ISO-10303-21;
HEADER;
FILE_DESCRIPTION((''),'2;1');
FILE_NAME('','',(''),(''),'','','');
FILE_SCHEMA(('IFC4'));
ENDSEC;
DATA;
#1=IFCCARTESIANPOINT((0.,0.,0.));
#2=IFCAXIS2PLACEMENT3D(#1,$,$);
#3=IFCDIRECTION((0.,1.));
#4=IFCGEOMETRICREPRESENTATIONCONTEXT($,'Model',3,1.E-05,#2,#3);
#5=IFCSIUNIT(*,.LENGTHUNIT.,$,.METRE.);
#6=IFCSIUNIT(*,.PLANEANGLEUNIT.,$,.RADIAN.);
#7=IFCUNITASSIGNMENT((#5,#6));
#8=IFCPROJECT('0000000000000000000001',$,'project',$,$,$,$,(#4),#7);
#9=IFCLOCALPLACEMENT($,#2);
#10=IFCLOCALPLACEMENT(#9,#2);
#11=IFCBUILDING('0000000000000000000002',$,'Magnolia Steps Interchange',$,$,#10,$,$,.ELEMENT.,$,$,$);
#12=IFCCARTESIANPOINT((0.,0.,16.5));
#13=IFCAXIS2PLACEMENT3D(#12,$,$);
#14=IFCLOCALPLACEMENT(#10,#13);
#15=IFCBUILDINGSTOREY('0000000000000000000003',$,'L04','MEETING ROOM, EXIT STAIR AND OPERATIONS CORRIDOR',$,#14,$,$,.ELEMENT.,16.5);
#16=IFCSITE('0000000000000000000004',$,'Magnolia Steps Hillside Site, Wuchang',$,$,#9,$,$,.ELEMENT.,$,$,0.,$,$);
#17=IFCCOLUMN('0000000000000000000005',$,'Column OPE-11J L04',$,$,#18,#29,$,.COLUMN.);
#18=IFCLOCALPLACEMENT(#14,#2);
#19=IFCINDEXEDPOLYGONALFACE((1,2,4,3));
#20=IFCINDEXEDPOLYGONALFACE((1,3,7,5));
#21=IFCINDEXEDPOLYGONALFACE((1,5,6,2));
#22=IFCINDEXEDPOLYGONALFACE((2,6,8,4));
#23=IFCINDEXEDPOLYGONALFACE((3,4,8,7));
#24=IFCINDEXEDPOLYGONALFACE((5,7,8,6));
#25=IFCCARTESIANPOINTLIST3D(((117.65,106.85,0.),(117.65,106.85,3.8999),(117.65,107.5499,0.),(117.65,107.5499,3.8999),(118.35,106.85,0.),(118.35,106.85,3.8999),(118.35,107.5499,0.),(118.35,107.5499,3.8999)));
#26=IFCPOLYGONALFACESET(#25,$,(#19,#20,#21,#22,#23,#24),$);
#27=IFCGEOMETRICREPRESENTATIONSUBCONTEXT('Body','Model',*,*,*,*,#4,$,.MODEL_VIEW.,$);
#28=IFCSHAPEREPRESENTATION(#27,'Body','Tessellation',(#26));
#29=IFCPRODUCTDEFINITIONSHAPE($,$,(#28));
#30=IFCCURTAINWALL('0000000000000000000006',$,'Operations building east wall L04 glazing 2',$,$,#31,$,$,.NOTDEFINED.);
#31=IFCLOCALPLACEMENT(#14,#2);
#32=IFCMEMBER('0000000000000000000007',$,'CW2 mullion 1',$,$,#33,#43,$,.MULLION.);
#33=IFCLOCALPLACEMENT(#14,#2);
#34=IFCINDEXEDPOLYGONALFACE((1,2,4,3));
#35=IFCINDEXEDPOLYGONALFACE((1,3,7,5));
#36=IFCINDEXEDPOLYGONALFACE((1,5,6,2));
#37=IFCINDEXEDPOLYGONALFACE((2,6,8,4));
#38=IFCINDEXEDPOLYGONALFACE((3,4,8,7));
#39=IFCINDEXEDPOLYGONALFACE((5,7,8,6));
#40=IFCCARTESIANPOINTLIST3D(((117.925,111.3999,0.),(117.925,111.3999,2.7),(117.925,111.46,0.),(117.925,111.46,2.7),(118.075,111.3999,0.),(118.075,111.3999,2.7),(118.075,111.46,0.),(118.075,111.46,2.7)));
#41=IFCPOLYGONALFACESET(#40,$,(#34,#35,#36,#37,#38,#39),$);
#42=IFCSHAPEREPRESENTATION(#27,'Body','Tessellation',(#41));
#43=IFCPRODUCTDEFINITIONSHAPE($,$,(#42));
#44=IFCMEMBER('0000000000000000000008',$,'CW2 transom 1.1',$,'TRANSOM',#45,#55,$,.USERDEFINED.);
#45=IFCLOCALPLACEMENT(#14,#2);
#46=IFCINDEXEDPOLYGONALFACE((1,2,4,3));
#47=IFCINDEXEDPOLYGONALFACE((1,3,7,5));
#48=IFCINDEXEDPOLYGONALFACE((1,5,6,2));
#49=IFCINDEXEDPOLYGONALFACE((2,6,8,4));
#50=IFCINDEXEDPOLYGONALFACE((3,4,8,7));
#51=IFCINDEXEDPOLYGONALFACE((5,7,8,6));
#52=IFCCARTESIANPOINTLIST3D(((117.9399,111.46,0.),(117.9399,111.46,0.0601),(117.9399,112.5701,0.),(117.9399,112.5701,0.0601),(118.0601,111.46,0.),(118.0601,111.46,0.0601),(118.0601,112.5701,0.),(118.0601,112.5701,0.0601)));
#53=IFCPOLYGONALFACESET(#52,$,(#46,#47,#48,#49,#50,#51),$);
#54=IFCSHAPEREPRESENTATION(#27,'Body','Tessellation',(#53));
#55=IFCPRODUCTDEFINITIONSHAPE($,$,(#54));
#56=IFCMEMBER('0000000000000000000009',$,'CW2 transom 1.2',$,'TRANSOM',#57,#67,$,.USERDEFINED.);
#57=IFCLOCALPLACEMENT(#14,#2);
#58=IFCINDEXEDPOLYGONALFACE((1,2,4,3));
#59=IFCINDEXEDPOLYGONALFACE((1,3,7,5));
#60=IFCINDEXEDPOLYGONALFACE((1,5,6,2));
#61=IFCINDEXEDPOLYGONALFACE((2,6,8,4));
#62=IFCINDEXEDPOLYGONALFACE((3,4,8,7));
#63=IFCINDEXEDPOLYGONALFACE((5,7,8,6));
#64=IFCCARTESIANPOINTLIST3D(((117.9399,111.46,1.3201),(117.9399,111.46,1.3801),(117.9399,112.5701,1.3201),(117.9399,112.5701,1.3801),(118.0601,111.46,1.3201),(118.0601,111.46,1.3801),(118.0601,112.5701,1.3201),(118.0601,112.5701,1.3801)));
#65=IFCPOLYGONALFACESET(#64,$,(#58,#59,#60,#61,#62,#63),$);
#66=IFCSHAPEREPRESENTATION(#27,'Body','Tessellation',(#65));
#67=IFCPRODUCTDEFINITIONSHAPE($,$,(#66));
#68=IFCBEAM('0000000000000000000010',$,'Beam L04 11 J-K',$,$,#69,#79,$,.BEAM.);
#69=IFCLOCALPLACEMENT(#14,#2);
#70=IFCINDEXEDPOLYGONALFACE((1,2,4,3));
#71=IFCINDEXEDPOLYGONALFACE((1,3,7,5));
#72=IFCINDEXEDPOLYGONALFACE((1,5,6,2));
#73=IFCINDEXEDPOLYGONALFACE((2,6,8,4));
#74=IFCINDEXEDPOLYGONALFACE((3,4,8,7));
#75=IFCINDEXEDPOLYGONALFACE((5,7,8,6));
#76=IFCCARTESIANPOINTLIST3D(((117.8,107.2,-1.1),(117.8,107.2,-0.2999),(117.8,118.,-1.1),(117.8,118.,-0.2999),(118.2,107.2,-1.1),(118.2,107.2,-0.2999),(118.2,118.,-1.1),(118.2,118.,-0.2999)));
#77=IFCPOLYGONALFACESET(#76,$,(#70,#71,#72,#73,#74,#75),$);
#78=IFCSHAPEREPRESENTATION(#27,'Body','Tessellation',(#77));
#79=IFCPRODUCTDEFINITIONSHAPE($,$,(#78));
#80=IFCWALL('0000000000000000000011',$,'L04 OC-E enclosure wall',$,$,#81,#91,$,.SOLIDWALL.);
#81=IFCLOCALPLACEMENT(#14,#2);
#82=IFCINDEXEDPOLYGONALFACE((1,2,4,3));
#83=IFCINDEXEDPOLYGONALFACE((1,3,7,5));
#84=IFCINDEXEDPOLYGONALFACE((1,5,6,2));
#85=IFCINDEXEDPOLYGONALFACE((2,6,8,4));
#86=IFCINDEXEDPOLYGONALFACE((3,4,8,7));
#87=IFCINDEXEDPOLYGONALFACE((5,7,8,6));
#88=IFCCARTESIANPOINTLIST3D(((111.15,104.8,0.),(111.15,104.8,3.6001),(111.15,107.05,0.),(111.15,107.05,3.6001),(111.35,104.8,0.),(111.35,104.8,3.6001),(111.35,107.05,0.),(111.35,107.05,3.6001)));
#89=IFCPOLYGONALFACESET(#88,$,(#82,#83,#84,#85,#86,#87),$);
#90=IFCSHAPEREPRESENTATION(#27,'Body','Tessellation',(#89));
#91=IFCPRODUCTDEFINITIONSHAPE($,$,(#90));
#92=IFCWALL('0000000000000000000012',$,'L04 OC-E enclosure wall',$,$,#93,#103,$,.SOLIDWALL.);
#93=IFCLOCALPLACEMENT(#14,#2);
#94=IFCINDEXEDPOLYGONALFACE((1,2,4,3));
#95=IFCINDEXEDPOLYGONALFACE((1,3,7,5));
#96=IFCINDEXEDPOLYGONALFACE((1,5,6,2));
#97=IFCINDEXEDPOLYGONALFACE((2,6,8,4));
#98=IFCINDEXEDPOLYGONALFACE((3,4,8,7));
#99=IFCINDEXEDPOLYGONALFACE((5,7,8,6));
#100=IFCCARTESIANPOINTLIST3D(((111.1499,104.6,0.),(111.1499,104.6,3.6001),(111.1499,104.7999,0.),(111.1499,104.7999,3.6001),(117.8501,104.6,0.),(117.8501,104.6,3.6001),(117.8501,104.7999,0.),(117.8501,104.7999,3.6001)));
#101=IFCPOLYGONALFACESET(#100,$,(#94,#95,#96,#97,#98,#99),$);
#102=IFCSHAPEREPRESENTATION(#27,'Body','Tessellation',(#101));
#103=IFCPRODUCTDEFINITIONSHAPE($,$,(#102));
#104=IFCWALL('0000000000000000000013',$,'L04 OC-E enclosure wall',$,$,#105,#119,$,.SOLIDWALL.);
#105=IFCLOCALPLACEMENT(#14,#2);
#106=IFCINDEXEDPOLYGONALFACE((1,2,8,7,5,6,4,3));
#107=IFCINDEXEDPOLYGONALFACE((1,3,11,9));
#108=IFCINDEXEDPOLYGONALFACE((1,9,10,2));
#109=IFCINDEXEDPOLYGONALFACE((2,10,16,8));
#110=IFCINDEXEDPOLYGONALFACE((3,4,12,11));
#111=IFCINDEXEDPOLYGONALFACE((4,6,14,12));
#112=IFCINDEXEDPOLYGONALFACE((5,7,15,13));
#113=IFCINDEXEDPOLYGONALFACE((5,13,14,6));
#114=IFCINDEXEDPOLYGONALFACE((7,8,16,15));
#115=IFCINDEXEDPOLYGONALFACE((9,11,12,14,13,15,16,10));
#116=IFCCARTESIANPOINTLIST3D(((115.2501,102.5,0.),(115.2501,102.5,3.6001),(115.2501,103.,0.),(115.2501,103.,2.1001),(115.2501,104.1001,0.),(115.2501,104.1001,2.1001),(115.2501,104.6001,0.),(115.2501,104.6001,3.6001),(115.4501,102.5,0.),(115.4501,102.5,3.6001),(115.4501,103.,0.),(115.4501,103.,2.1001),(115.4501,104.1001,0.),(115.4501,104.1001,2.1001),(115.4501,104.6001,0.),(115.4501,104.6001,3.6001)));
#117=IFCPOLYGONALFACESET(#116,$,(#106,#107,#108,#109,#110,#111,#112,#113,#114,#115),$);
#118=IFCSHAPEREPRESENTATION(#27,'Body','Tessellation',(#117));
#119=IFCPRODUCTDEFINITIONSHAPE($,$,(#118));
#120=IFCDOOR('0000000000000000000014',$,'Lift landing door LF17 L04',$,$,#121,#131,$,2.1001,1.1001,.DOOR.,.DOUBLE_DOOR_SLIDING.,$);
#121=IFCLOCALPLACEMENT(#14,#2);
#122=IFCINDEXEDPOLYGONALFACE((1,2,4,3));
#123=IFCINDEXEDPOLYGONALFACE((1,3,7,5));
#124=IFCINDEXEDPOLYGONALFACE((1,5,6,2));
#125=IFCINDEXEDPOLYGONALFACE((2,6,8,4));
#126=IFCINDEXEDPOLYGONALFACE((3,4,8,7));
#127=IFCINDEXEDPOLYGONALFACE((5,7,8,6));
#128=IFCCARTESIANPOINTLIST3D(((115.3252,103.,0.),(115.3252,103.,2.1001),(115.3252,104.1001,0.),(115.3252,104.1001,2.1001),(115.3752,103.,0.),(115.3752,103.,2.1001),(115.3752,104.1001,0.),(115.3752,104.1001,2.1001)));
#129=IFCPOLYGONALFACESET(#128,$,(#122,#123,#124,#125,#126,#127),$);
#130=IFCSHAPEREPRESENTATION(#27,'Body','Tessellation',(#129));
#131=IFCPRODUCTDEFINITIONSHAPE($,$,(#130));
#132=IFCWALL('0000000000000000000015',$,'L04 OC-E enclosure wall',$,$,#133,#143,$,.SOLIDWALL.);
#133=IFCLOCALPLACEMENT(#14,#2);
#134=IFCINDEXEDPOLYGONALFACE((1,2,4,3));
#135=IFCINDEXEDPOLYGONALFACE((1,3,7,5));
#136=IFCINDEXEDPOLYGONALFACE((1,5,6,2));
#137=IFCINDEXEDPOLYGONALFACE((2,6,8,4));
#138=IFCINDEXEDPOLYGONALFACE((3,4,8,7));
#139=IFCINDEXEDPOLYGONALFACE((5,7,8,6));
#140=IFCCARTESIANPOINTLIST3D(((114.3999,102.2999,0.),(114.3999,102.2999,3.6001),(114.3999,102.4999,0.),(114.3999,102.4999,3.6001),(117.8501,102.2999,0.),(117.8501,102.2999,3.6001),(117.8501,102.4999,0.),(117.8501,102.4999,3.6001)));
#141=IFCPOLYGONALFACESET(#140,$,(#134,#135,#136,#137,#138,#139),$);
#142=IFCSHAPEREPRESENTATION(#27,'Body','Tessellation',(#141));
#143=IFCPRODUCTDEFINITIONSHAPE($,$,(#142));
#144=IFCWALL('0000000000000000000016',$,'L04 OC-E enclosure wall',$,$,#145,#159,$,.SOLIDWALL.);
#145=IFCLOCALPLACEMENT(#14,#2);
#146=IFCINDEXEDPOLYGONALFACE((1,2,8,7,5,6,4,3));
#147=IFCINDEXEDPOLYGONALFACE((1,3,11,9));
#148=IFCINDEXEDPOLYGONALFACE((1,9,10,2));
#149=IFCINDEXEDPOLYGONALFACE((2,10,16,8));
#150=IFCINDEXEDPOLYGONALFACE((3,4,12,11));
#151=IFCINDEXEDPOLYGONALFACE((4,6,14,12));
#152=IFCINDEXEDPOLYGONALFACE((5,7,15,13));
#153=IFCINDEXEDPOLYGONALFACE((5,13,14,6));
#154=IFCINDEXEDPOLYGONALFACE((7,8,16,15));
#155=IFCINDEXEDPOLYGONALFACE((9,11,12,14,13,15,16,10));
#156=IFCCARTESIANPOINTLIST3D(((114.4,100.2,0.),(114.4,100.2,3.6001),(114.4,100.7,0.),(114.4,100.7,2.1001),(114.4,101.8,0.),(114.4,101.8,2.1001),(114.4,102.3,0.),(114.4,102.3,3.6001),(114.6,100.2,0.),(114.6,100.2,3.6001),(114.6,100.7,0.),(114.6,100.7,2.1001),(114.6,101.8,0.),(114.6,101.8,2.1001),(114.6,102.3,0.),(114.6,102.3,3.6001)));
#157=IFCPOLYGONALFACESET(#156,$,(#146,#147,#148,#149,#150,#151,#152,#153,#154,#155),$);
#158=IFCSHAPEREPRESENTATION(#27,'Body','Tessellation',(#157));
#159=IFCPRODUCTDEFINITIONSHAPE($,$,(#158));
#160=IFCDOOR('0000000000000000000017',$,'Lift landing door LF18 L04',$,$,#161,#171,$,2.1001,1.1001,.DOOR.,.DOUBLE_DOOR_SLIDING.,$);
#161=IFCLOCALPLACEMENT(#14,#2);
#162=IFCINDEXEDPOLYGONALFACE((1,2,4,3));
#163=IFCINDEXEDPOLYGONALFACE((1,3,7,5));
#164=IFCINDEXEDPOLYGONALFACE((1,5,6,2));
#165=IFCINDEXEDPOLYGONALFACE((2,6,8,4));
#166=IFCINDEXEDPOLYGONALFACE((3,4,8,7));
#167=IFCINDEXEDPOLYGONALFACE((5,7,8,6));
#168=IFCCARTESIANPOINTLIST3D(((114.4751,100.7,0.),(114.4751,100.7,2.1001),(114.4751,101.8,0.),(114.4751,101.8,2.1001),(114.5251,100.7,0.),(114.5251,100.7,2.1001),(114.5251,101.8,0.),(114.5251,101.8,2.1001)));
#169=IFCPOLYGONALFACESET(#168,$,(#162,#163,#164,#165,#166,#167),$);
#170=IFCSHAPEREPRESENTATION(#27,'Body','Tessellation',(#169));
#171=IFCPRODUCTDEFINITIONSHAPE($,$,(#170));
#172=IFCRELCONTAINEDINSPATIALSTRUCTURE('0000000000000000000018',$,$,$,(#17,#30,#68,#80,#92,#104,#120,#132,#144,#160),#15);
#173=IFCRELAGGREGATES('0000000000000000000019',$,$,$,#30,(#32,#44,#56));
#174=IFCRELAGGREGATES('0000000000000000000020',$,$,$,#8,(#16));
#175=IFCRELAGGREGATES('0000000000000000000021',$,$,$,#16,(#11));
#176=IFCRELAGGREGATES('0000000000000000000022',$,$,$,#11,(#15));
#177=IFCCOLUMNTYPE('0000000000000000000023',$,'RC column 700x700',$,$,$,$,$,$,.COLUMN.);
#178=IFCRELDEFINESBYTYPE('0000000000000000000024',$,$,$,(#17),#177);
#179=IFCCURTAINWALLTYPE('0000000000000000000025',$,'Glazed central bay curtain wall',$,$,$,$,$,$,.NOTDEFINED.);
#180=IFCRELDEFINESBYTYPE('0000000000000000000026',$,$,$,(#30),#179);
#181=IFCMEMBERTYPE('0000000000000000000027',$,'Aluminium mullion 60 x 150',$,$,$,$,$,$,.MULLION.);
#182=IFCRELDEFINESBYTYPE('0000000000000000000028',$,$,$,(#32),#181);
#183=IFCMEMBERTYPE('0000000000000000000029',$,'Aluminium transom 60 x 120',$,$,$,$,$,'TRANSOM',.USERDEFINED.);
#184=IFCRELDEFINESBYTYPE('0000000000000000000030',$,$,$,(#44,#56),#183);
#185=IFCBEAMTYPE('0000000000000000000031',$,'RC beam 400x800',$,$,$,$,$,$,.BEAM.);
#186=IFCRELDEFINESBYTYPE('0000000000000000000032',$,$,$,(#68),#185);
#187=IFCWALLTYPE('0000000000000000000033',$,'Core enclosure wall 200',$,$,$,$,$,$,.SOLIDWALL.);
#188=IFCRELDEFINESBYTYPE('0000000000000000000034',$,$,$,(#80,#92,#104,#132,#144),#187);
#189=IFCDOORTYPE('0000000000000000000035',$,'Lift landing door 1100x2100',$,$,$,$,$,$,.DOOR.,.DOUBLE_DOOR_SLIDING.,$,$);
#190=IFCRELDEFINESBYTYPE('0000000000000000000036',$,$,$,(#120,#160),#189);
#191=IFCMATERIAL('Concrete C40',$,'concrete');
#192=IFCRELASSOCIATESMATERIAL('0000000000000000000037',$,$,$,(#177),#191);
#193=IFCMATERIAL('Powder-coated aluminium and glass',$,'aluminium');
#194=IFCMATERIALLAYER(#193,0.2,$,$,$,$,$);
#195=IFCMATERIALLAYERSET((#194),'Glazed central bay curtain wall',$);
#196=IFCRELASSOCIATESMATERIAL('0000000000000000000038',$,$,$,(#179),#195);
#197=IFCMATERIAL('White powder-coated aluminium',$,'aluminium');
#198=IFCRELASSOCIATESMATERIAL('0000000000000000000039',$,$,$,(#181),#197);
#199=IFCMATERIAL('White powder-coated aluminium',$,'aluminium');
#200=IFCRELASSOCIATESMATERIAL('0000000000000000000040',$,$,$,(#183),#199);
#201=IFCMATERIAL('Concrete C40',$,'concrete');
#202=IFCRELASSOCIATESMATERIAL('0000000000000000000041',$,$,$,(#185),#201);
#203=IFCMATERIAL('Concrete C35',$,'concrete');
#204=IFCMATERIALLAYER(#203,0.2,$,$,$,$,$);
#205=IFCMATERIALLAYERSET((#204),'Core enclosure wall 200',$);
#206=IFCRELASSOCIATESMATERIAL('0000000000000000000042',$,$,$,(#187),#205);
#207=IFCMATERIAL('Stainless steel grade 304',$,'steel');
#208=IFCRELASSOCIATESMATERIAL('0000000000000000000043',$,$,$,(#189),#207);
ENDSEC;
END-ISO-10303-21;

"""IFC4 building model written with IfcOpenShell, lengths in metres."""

from ifc_helpers import new_model, si_unit, direction, frame, frame_2d, origin, origin_2d, place, context, subcontext, project, spatial, rectangle, extrude, material, layer, layer_set, material_profile, profile_set, type_object, element, fill, aggregate, save


model = new_model("IFC4")

# Units and contexts
model_context = context("Model", 3, precision=1e-05, world=origin(), true_north=direction((0.0, 1.0)))
body_context = subcontext(model_context, "Body", "Model", "MODEL_VIEW")
ifc_project = project(units=[si_unit("LENGTHUNIT", "METRE"), si_unit("PLANEANGLEUNIT", "RADIAN")], contexts=[model_context])

# Site, building, storey
site_placement = place(None, origin())
site = spatial("IfcSite", under=ifc_project, at=site_placement, Name="Magnolia Steps Hillside Site, Wuchang", CompositionType="ELEMENT", RefElevation=0.0)
building_placement = place(site_placement, origin())
building = spatial("IfcBuilding", under=site, at=building_placement, Name="Magnolia Steps Interchange", CompositionType="ELEMENT")
storey_placement = place(building_placement, frame((0.0, 0.0, 16.5)))
storey = spatial("IfcBuildingStorey", under=building, at=storey_placement, Name="L04", Description="MEETING ROOM, EXIT STAIR AND OPERATIONS CORRIDOR", CompositionType="ELEMENT", Elevation=16.5)

# Column
ifc_material_1 = material(Name="Concrete C40", Category="concrete")
ifc_material_profile_1 = material_profile(ifc_material_1, rectangle(XDim=0.7, YDim=0.7, at=origin_2d()), Name="RC700x700")
ifc_profile_set_1 = profile_set([ifc_material_profile_1], Name="Concrete C40")
column_type = type_object("IfcColumnType", Name="RC column 700x700", PredefinedType="COLUMN", material=ifc_profile_set_1)
column_placement = place(storey_placement, frame((118.0, 107.2, 0.0), z_axis=(0.0, 0.0, 1.0), x_axis=(1.0, 0.0, 0.0)))
element("IfcColumn", 1, at=column_placement, inside=storey, type_object=column_type, Name="Column OPE-11J L04", PredefinedType="COLUMN", context=body_context, shape_type="SweptSolid", body=[
    extrude(rectangle(XDim=0.7, YDim=0.7, at=origin_2d()), origin(), (0.0, 0.0, 1.0), 3.8999),
])

# Curtain wall, members
ifc_material_2 = material(Name="Powder-coated aluminium and glass", Category="aluminium")
ifc_layer_1 = layer(ifc_material_2, 0.2)
ifc_layer_set_1 = layer_set([ifc_layer_1], Name="Glazed central bay curtain wall")
curtain_wall_type = type_object("IfcCurtainWallType", Name="Glazed central bay curtain wall", PredefinedType="NOTDEFINED", material=ifc_layer_set_1)
curtain_wall_placement = place(storey_placement, origin())
curtain_wall = element("IfcCurtainWall", 2, at=curtain_wall_placement, inside=storey, type_object=curtain_wall_type, Name="Operations building east wall L04 glazing 2", PredefinedType="NOTDEFINED")
ifc_material_3 = material(Name="White powder-coated aluminium", Category="aluminium")
ifc_material_profile_2 = material_profile(ifc_material_3, rectangle(XDim=0.0601, YDim=0.1499, at=origin_2d()), Name="Aluminium mullion 60 x 150")
ifc_profile_set_2 = profile_set([ifc_material_profile_2], Name="White powder-coated aluminium")
member_type_1 = type_object("IfcMemberType", Name="Aluminium mullion 60 x 150", PredefinedType="MULLION", material=ifc_profile_set_2)
member_1_placement = place(storey_placement, frame((118.0, 111.4299, 0.0), z_axis=(0.0, 0.0, 1.0), x_axis=(0.0, 1.0, 0.0)))
member_1 = element("IfcMember", 3, at=member_1_placement, type_object=member_type_1, Name="CW2 mullion 1", PredefinedType="MULLION", context=body_context, shape_type="SweptSolid", body=[
    extrude(rectangle(XDim=0.0601, YDim=0.1499, at=origin_2d()), origin(), (0.0, 0.0, 1.0), 2.7),
])
ifc_material_4 = material(Name="White powder-coated aluminium", Category="aluminium")
ifc_material_profile_3 = material_profile(ifc_material_4, rectangle(XDim=0.0601, YDim=0.1201, at=origin_2d()), Name="Aluminium transom 60 x 120")
ifc_profile_set_3 = profile_set([ifc_material_profile_3], Name="White powder-coated aluminium")
member_type_2 = type_object("IfcMemberType", Name="Aluminium transom 60 x 120", ElementType="TRANSOM", PredefinedType="USERDEFINED", material=ifc_profile_set_3)
member_2_placement = place(storey_placement, frame((118.0, 111.46, 0.03), z_axis=(0.0, 1.0, 0.0), x_axis=(0.0, 0.0, 1.0)))
member_2 = element("IfcMember", 4, at=member_2_placement, type_object=member_type_2, Name="CW2 transom 1.1", ObjectType="TRANSOM", PredefinedType="USERDEFINED", context=body_context, shape_type="SweptSolid", body=[
    extrude(rectangle(XDim=0.0601, YDim=0.1201, at=origin_2d()), origin(), (0.0, 0.0, 1.0), 1.1101),
])
member_3_placement = place(storey_placement, frame((118.0, 111.46, 1.3501), z_axis=(0.0, 1.0, 0.0), x_axis=(0.0, 0.0, 1.0)))
member_3 = element("IfcMember", 5, at=member_3_placement, type_object=member_type_2, Name="CW2 transom 1.2", ObjectType="TRANSOM", PredefinedType="USERDEFINED", context=body_context, shape_type="SweptSolid", body=[
    extrude(rectangle(XDim=0.0601, YDim=0.1201, at=origin_2d()), origin(), (0.0, 0.0, 1.0), 1.1101),
])
aggregate(curtain_wall, [member_1, member_2, member_3])

# Beam
ifc_material_5 = material(Name="Concrete C40", Category="concrete")
ifc_material_profile_4 = material_profile(ifc_material_5, rectangle(XDim=0.3999, YDim=0.8, at=origin_2d()), Name="RC400x800")
ifc_profile_set_4 = profile_set([ifc_material_profile_4], Name="Concrete C40")
beam_type = type_object("IfcBeamType", Name="RC beam 400x800", PredefinedType="BEAM", material=ifc_profile_set_4)
beam_placement = place(storey_placement, frame((118.0, 107.2, -0.7), z_axis=(0.0, 1.0, 0.0), x_axis=(-1.0, 0.0, 0.0)))
element("IfcBeam", 6, at=beam_placement, inside=storey, type_object=beam_type, Name="Beam L04 11 J-K", PredefinedType="BEAM", context=body_context, shape_type="SweptSolid", body=[
    extrude(rectangle(XDim=0.3999, YDim=0.8, at=origin_2d()), origin(), (0.0, 0.0, 1.0), 10.8),
])

# Walls
ifc_material_6 = material(Name="Concrete C35", Category="concrete")
ifc_layer_2 = layer(ifc_material_6, 0.2)
ifc_layer_set_2 = layer_set([ifc_layer_2], Name="Core enclosure wall 200")
wall_type_1 = type_object("IfcWallType", Name="Core enclosure wall 200", PredefinedType="SOLIDWALL", material=ifc_layer_set_2)
wall_1_placement = place(storey_placement, frame((111.25, 107.05, 0.0), z_axis=(0.0, 0.0, 1.0), x_axis=(0.0, -1.0, 0.0)))
element("IfcWall", 7, at=wall_1_placement, inside=storey, type_object=wall_type_1, Name="L04 OC-E enclosure wall", PredefinedType="SOLIDWALL", context=body_context, shape_type="SweptSolid", body=[
    extrude(rectangle(XDim=2.25, YDim=0.2, at=frame_2d((1.125, 0.0))), origin(), (0.0, 0.0, 1.0), 3.6001),
])
wall_2_placement = place(storey_placement, frame((111.1499, 104.7, 0.0), z_axis=(0.0, 0.0, 1.0), x_axis=(1.0, 0.0, 0.0)))
element("IfcWall", 8, at=wall_2_placement, inside=storey, type_object=wall_type_1, Name="L04 OC-E enclosure wall", PredefinedType="SOLIDWALL", context=body_context, shape_type="SweptSolid", body=[
    extrude(rectangle(XDim=6.7002, YDim=0.2, at=frame_2d((3.3501, 0.0))), origin(), (0.0, 0.0, 1.0), 3.6001),
])

# Wall, opening, door
wall_3_placement = place(storey_placement, frame((115.3501, 104.6001, 0.0), z_axis=(0.0, 0.0, 1.0), x_axis=(0.0, -1.0, 0.0)))
wall_3 = element("IfcWall", 9, at=wall_3_placement, inside=storey, type_object=wall_type_1, Name="L04 OC-E enclosure wall", PredefinedType="SOLIDWALL", context=body_context, shape_type="SweptSolid", body=[
    extrude(rectangle(XDim=2.1001, YDim=0.2, at=frame_2d((1.05, 0.0))), origin(), (0.0, 0.0, 1.0), 3.6001),
])
opening_1_placement = place(wall_3_placement, frame((0.5, 0.0, 0.0)))
opening_1 = element("IfcOpeningElement", 10, at=opening_1_placement, cuts=wall_3, PredefinedType="OPENING", context=body_context, shape_type="SweptSolid", body=[
    extrude(rectangle(XDim=1.1001, YDim=2.1001, at=frame_2d((0.55, 1.05))), frame((0.0, 0.1099, 0.0), z_axis=(0.0, -1.0, 0.0), x_axis=(1.0, 0.0, 0.0)), (0.0, 0.0, 1.0), 0.22),
])
ifc_material_7 = material(Name="Stainless steel grade 304", Category="steel")
door_type_1 = type_object("IfcDoorType", Name="Lift landing door 1100x2100", OperationType="DOUBLE_DOOR_SLIDING", PredefinedType="DOOR", material=ifc_material_7)
door_1_placement = place(opening_1_placement, frame((1.1001, 0.0, 0.0), z_axis=(0.0, 0.0, 1.0), x_axis=(-1.0, 0.0, 0.0)))
door_1 = element("IfcDoor", 11, at=door_1_placement, inside=storey, type_object=door_type_1, Name="Lift landing door LF17 L04", OperationType="DOUBLE_DOOR_SLIDING", OverallHeight=2.1001, OverallWidth=1.1001, PredefinedType="DOOR", context=body_context, shape_type="SweptSolid", body=[
    extrude(rectangle(XDim=1.1001, YDim=2.1001, at=frame_2d((0.55, 1.05))), frame((0.0, 0.0249, 0.0), z_axis=(0.0, -1.0, 0.0), x_axis=(1.0, 0.0, 0.0)), (0.0, 0.0, 1.0), 0.05),
])
fill(opening_1, door_1)

# Wall
wall_4_placement = place(storey_placement, frame((114.3999, 102.3999, 0.0), z_axis=(0.0, 0.0, 1.0), x_axis=(1.0, 0.0, 0.0)))
element("IfcWall", 12, at=wall_4_placement, inside=storey, type_object=wall_type_1, Name="L04 OC-E enclosure wall", PredefinedType="SOLIDWALL", context=body_context, shape_type="SweptSolid", body=[
    extrude(rectangle(XDim=3.4502, YDim=0.2, at=frame_2d((1.7251, 0.0))), origin(), (0.0, 0.0, 1.0), 3.6001),
])

# Wall, opening, door
wall_5_placement = place(storey_placement, frame((114.5, 102.3, 0.0), z_axis=(0.0, 0.0, 1.0), x_axis=(0.0, -1.0, 0.0)))
wall_5 = element("IfcWall", 13, at=wall_5_placement, inside=storey, type_object=wall_type_1, Name="L04 OC-E enclosure wall", PredefinedType="SOLIDWALL", context=body_context, shape_type="SweptSolid", body=[
    extrude(rectangle(XDim=2.1001, YDim=0.2, at=frame_2d((1.05, 0.0))), origin(), (0.0, 0.0, 1.0), 3.6001),
])
opening_2_placement = place(wall_5_placement, frame((0.5, 0.0, 0.0)))
opening_2 = element("IfcOpeningElement", 14, at=opening_2_placement, cuts=wall_5, PredefinedType="OPENING", context=body_context, shape_type="SweptSolid", body=[
    extrude(rectangle(XDim=1.1001, YDim=2.1001, at=frame_2d((0.55, 1.05))), frame((0.0, 0.1099, 0.0), z_axis=(0.0, -1.0, 0.0), x_axis=(1.0, 0.0, 0.0)), (0.0, 0.0, 1.0), 0.22),
])
door_2_placement = place(opening_2_placement, frame((1.1001, 0.0, 0.0), z_axis=(0.0, 0.0, 1.0), x_axis=(-1.0, 0.0, 0.0)))
door_2 = element("IfcDoor", 15, at=door_2_placement, inside=storey, type_object=door_type_1, Name="Lift landing door LF18 L04", OperationType="DOUBLE_DOOR_SLIDING", OverallHeight=2.1001, OverallWidth=1.1001, PredefinedType="DOOR", context=body_context, shape_type="SweptSolid", body=[
    extrude(rectangle(XDim=1.1001, YDim=2.1001, at=frame_2d((0.55, 1.05))), frame((0.0, 0.0249, 0.0), z_axis=(0.0, -1.0, 0.0), x_axis=(1.0, 0.0, 0.0)), (0.0, 0.0, 1.0), 0.05),
])
fill(opening_2, door_2)

save(model, "model.ifc")
